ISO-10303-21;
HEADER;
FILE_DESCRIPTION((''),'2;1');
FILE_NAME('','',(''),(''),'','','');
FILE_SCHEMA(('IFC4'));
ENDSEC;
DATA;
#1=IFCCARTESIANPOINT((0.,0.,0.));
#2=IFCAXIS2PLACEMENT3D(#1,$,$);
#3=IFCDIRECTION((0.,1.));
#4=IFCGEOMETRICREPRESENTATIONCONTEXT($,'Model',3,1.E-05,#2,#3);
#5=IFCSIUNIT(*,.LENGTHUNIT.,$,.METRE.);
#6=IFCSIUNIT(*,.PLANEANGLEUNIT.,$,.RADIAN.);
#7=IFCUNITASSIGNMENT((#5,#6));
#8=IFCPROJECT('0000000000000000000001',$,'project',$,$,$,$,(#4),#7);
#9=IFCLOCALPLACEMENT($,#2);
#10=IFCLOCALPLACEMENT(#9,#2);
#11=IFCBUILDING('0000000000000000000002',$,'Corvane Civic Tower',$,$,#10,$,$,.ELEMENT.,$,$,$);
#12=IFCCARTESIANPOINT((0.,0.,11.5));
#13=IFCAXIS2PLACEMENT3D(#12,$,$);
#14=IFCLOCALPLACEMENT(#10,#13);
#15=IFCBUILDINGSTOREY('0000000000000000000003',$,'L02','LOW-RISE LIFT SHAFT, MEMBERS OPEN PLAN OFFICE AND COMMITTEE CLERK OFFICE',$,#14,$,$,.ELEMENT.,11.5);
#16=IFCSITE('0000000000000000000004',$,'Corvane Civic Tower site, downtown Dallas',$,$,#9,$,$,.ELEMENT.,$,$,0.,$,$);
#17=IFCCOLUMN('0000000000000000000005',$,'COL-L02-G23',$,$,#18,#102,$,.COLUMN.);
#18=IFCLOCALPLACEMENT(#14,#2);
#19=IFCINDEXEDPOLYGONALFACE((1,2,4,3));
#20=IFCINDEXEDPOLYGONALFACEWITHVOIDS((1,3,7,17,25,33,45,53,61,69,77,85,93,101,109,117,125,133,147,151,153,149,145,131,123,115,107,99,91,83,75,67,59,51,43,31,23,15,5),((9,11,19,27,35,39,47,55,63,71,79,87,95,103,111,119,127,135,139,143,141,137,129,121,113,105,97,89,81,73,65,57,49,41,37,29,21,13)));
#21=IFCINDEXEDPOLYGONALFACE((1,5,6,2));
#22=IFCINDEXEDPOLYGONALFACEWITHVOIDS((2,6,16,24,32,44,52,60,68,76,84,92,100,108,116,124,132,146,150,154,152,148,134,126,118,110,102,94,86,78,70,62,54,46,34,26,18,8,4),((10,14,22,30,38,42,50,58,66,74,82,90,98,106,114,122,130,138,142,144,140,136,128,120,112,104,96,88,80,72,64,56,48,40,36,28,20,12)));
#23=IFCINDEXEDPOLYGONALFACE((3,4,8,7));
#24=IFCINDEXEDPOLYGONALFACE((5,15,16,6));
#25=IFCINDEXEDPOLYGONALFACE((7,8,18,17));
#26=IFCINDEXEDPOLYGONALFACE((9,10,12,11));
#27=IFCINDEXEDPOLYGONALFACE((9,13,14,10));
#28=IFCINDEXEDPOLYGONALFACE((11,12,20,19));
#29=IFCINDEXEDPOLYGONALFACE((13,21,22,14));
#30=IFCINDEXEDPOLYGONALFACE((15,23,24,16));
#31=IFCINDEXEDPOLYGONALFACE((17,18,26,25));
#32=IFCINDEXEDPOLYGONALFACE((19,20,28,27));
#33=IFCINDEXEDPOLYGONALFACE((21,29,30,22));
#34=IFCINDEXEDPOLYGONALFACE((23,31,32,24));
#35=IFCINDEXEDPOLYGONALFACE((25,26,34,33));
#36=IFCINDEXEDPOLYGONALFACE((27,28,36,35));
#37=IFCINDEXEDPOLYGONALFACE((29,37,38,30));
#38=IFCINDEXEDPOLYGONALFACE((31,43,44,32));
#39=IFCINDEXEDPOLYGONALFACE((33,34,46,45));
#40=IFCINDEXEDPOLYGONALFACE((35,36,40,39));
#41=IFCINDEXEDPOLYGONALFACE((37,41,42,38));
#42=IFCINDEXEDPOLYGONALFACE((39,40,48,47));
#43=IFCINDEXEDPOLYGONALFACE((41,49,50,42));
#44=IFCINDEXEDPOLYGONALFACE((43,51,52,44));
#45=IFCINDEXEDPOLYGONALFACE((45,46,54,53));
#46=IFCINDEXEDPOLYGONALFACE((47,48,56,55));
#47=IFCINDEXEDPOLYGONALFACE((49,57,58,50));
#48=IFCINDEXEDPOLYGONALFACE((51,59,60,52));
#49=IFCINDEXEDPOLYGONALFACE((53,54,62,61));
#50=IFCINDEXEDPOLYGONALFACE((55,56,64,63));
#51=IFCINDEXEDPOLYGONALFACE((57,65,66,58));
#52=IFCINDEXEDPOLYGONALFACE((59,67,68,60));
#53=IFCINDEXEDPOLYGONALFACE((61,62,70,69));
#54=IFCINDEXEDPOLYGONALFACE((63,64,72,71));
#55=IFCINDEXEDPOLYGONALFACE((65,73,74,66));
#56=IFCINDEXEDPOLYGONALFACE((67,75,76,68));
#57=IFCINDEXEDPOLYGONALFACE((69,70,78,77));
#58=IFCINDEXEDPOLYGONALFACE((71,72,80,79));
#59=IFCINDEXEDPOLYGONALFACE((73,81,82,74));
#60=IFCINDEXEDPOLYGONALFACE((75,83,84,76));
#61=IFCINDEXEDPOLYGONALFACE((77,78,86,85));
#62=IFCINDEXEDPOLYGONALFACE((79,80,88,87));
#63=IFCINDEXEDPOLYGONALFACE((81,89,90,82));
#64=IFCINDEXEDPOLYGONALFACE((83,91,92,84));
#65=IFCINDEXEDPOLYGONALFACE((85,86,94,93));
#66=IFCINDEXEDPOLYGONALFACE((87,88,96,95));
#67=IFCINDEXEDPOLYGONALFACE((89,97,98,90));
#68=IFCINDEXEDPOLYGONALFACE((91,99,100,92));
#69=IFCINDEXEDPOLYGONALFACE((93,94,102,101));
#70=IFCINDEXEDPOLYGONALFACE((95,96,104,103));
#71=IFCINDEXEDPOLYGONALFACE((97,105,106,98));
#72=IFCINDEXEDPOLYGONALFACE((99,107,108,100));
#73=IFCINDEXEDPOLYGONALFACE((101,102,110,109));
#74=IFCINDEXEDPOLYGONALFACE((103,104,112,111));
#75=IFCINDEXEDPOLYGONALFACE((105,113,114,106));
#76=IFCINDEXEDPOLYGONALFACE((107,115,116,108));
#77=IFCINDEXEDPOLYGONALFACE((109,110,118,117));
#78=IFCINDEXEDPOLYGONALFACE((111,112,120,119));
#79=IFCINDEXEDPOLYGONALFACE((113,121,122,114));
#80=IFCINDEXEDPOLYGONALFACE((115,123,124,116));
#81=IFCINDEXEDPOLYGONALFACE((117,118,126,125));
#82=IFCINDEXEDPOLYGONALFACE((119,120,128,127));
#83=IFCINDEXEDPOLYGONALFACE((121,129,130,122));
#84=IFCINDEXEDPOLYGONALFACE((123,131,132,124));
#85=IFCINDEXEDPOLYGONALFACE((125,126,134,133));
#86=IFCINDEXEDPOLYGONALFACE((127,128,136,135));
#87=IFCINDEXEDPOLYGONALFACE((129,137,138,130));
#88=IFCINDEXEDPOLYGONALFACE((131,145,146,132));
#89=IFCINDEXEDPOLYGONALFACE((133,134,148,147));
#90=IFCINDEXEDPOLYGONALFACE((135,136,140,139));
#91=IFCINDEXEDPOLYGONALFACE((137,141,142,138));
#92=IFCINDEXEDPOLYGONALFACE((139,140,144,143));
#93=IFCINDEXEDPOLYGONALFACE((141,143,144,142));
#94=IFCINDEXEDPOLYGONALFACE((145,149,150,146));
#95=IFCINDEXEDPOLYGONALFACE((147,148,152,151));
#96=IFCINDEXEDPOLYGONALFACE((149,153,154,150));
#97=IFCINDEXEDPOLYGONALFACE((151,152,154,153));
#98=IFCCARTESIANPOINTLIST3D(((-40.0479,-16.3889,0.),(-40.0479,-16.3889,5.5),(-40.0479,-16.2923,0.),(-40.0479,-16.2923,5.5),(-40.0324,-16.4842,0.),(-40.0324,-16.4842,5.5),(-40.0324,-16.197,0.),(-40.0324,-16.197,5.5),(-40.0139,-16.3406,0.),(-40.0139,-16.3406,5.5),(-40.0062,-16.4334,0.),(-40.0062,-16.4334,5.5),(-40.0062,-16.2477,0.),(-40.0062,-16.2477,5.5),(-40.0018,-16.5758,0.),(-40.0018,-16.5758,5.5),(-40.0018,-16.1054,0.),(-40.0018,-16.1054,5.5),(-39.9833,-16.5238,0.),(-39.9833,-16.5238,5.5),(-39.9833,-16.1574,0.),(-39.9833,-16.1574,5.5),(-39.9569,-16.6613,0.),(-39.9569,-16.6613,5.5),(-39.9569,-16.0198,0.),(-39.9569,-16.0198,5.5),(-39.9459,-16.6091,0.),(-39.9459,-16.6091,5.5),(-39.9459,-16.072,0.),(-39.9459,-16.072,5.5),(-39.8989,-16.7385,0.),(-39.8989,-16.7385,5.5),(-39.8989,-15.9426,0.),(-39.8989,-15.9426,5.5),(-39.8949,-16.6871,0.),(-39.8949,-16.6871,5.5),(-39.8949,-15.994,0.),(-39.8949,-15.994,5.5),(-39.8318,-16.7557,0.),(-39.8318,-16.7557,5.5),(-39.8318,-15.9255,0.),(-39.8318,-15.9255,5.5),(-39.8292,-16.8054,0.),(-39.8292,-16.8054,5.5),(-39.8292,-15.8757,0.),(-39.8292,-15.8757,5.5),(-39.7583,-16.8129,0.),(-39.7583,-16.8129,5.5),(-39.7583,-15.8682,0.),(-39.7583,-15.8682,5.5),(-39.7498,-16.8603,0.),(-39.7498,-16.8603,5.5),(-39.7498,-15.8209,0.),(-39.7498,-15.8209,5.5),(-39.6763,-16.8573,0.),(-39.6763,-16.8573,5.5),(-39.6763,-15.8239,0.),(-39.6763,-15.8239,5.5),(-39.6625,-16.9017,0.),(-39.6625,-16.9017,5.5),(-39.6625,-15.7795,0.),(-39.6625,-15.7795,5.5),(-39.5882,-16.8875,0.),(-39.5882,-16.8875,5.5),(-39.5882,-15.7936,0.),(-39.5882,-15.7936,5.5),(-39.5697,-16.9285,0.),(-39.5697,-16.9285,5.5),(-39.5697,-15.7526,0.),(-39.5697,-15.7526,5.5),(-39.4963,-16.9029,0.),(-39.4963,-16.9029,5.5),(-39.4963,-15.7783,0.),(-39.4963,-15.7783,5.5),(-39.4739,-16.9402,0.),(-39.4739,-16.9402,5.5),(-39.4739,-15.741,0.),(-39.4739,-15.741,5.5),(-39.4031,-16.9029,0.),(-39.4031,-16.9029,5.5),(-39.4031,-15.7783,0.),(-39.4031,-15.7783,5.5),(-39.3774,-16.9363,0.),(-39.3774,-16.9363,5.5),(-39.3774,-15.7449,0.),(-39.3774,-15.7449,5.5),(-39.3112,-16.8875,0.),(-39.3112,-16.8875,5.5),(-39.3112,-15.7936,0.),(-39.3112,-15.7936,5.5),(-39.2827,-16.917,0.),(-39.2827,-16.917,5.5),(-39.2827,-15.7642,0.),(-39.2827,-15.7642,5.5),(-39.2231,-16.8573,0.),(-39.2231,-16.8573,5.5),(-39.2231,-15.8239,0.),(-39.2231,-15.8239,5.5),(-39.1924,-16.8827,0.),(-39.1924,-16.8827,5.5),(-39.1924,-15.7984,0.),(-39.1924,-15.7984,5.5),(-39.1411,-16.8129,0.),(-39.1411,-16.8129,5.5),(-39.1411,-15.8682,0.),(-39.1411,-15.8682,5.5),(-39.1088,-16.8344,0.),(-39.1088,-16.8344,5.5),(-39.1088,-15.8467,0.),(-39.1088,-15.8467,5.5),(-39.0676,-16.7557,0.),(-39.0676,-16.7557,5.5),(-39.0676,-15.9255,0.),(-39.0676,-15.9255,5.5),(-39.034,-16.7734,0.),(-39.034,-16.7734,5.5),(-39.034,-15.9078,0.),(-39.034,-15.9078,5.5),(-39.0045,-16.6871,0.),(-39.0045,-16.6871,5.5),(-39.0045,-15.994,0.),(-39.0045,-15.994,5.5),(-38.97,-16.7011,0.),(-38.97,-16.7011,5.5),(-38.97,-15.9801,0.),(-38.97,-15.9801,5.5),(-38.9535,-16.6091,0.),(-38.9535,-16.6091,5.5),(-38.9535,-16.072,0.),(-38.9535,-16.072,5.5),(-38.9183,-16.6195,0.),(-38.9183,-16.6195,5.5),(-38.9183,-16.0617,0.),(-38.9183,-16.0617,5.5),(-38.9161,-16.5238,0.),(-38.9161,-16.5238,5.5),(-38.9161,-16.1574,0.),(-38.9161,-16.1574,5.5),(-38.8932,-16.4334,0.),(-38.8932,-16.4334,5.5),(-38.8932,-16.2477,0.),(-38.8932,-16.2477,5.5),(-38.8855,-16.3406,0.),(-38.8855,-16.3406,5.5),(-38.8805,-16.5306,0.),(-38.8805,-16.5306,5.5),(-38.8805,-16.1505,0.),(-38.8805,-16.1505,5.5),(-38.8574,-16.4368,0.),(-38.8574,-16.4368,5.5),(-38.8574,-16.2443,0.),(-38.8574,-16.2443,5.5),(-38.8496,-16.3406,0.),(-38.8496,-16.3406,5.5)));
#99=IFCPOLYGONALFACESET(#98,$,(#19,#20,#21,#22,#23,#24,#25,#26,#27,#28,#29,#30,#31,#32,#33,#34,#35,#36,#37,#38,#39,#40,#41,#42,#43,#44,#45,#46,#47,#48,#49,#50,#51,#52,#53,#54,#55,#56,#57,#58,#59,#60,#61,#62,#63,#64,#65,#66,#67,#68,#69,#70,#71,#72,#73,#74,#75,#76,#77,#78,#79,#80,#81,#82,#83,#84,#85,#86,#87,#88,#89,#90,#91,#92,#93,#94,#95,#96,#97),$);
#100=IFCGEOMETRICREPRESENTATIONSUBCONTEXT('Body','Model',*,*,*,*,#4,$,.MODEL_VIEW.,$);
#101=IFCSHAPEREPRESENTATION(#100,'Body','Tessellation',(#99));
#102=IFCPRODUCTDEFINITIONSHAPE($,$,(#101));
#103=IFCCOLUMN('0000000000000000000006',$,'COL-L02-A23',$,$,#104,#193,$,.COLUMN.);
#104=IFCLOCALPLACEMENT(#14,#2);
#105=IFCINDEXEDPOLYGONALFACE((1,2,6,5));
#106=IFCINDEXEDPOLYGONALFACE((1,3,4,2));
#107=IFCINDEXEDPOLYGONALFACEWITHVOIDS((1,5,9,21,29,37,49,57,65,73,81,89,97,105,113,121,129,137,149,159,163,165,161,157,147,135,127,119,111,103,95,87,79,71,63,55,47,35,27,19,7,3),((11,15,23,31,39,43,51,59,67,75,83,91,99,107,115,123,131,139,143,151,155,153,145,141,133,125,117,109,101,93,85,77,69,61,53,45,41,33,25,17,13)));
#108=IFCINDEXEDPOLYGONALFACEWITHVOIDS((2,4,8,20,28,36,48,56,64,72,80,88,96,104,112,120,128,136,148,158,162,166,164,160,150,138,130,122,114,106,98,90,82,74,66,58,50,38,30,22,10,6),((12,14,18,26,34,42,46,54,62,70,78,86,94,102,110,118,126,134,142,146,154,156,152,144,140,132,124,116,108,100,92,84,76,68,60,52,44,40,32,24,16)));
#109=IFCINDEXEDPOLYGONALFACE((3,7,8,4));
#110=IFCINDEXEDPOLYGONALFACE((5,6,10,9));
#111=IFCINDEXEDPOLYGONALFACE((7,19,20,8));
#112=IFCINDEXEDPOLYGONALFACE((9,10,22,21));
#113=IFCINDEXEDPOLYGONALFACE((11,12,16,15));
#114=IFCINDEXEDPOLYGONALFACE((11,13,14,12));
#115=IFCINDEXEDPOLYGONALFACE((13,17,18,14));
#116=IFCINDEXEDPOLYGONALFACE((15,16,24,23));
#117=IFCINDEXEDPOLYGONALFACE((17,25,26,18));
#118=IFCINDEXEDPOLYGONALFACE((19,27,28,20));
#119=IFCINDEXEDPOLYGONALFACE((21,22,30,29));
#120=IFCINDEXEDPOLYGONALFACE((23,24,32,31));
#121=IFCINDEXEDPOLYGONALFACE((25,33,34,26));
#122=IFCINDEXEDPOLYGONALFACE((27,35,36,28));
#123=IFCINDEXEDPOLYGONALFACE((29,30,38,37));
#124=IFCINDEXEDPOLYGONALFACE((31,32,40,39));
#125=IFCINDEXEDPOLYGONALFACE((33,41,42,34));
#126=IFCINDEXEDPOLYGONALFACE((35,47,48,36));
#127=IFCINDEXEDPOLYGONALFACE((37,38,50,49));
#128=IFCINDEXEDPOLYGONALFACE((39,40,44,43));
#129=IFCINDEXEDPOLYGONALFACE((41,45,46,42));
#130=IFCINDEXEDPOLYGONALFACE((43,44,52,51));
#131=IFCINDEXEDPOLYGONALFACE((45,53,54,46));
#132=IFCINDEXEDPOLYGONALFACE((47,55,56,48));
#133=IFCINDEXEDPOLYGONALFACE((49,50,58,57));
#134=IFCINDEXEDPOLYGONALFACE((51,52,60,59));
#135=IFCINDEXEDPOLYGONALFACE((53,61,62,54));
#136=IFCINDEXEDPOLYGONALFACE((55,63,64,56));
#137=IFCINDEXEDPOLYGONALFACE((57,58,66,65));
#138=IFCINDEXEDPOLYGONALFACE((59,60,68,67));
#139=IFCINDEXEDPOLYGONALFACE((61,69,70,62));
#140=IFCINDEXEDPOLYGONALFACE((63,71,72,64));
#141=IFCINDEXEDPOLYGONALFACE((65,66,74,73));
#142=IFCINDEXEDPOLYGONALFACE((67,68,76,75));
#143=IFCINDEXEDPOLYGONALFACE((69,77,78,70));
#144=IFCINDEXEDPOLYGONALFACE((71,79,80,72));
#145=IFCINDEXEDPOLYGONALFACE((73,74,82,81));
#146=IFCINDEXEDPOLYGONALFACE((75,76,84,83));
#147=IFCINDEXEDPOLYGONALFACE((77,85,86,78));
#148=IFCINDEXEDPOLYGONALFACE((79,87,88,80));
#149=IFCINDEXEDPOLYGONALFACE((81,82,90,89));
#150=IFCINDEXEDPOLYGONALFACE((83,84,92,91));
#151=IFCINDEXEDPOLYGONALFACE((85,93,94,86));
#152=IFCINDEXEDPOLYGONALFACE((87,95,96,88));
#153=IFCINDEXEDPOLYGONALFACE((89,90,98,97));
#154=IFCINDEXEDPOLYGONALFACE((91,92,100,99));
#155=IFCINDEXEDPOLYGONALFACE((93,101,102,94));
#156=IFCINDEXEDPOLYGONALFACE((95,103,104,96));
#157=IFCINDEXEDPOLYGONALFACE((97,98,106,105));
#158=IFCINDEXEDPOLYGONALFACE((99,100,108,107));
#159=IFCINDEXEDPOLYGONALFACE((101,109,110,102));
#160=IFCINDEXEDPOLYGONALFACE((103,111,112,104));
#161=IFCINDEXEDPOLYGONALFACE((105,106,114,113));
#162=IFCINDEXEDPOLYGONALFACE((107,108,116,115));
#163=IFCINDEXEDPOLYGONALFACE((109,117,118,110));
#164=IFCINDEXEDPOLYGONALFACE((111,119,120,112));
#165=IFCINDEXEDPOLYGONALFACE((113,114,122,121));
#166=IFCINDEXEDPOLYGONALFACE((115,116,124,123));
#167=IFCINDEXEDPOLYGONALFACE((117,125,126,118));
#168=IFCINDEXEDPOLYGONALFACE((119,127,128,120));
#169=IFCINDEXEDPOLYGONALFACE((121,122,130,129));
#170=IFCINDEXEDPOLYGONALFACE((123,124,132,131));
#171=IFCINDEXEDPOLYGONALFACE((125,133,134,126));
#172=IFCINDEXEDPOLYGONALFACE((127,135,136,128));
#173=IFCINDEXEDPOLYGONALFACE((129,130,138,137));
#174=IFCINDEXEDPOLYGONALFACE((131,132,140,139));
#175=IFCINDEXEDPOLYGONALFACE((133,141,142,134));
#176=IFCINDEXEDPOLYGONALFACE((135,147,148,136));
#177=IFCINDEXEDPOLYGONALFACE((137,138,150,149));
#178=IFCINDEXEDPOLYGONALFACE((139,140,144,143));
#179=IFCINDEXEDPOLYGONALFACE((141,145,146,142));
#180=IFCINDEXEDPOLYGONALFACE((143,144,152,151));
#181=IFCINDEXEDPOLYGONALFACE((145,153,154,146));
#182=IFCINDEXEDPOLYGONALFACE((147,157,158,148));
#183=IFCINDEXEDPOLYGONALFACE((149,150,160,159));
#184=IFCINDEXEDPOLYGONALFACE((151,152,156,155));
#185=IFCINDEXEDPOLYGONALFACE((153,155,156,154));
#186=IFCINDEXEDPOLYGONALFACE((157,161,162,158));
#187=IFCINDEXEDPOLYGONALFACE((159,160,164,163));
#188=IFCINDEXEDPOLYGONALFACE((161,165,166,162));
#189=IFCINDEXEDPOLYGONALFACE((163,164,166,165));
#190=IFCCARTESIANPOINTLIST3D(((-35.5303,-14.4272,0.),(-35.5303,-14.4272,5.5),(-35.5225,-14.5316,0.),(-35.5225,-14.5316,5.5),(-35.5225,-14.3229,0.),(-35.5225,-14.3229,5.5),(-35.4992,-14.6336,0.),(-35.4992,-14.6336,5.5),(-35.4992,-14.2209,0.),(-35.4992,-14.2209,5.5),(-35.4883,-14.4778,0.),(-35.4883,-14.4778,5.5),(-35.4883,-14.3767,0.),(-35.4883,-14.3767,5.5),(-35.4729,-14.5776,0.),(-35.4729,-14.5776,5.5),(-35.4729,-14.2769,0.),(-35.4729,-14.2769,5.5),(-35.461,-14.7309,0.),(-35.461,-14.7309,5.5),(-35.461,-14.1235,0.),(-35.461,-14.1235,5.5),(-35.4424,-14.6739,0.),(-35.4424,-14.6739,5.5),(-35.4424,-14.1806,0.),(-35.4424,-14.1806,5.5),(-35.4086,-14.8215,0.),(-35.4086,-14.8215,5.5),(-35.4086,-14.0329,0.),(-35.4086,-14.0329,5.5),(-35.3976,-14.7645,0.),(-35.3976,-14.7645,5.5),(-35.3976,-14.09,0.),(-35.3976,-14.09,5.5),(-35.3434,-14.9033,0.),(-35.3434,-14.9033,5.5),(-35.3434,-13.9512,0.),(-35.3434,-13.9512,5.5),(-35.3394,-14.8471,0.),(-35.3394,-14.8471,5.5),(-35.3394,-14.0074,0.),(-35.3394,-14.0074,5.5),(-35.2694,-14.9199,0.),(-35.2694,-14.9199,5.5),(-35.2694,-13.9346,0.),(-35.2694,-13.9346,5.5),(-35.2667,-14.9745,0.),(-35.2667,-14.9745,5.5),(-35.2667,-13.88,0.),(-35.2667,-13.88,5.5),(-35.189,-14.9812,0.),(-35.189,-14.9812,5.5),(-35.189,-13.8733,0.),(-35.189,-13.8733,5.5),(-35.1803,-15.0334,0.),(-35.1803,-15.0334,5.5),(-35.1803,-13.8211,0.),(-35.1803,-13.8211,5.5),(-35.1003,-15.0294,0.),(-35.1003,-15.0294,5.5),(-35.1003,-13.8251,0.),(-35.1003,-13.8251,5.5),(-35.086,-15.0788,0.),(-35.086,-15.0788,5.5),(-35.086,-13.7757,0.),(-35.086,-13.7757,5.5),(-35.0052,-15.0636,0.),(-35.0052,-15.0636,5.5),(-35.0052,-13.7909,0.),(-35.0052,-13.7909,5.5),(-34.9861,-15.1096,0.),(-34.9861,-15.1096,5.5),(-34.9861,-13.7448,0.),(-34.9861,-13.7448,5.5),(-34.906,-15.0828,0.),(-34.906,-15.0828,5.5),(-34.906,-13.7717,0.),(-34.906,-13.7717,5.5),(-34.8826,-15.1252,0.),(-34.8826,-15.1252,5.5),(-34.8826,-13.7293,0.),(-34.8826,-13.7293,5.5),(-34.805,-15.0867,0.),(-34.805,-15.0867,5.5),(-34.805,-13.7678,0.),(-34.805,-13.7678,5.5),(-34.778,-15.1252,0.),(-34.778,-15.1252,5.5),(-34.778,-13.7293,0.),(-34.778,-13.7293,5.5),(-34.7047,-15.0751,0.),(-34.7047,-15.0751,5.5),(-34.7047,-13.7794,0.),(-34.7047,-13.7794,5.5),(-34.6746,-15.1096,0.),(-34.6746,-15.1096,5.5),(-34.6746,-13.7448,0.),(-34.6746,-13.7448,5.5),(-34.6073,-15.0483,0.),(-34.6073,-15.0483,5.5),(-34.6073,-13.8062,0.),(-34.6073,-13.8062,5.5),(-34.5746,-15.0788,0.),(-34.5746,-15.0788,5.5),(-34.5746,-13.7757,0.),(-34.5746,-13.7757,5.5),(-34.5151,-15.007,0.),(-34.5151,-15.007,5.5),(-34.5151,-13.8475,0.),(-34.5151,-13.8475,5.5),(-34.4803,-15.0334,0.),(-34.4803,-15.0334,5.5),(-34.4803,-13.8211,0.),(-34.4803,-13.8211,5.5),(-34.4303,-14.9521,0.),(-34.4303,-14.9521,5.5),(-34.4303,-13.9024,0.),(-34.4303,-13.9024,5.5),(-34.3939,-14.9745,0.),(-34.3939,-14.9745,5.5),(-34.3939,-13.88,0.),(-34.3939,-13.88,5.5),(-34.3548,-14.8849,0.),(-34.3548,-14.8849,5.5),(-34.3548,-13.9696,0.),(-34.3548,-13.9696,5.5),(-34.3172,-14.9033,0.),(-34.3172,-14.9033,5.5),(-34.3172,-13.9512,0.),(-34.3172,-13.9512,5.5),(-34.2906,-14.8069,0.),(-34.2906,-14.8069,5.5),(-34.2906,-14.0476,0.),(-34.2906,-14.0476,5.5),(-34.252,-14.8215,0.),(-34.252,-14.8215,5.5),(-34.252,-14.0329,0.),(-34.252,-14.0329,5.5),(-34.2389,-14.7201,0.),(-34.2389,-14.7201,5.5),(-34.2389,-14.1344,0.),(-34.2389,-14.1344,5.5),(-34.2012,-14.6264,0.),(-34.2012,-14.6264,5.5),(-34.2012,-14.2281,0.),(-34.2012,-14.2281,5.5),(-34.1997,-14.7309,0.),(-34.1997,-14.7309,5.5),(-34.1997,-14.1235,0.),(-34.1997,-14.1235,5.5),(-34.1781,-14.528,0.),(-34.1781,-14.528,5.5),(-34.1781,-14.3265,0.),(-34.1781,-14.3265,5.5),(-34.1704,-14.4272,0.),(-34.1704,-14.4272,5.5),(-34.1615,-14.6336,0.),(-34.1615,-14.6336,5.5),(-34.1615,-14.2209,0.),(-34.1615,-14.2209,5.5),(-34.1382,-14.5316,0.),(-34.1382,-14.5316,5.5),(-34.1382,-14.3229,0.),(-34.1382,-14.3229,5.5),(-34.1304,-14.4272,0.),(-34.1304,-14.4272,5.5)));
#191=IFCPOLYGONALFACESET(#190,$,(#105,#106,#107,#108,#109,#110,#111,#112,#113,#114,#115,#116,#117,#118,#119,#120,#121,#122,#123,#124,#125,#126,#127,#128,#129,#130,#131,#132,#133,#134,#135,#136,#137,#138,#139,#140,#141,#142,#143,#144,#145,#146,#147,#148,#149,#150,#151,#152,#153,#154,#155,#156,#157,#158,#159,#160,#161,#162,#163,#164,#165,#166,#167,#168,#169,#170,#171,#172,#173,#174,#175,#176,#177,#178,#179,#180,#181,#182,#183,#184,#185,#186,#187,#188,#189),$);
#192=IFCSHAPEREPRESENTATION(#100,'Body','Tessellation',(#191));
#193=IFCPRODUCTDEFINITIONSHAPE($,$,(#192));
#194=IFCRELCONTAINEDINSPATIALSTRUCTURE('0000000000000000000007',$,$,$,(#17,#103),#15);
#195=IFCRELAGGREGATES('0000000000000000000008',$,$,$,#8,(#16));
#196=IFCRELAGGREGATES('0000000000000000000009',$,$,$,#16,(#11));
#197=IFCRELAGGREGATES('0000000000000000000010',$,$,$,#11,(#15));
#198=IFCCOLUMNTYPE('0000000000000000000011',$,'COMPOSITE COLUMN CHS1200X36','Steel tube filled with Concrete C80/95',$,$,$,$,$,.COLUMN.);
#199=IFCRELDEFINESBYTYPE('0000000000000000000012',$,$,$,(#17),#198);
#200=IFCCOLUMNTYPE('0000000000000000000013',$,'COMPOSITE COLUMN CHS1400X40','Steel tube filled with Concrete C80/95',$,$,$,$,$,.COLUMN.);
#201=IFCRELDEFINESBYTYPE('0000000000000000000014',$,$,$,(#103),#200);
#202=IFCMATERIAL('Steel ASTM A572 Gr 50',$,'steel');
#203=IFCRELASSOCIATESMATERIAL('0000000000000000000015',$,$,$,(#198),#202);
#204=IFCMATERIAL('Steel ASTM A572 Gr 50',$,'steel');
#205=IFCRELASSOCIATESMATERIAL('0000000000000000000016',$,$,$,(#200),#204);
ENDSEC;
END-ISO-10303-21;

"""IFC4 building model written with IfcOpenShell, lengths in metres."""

from ifc_helpers import new_model, si_unit, direction, frame, origin, origin_2d, place, context, subcontext, project, spatial, hollow_circle, extrude, material, material_profile, profile_set, type_object, element, save


model = new_model("IFC4")

# Units and contexts
model_context = context("Model", 3, precision=1e-05, world=origin(), true_north=direction((0.0, 1.0)))
body_context = subcontext(model_context, "Body", "Model", "MODEL_VIEW")
ifc_project = project(units=[si_unit("LENGTHUNIT", "METRE"), si_unit("PLANEANGLEUNIT", "RADIAN")], contexts=[model_context])

# Site, building, storey
site_placement = place(None, origin())
site = spatial("IfcSite", under=ifc_project, at=site_placement, Name="Corvane Civic Tower site, downtown Dallas", CompositionType="ELEMENT", RefElevation=0.0)
building_placement = place(site_placement, origin())
building = spatial("IfcBuilding", under=site, at=building_placement, Name="Corvane Civic Tower", CompositionType="ELEMENT")
storey_placement = place(building_placement, frame((0.0, 0.0, 11.5)))
storey = spatial("IfcBuildingStorey", under=building, at=storey_placement, Name="L02", Description="LOW-RISE LIFT SHAFT, MEMBERS OPEN PLAN OFFICE AND COMMITTEE CLERK OFFICE", CompositionType="ELEMENT", Elevation=11.5)

# Columns
ifc_material_1 = material(Name="Steel ASTM A572 Gr 50", Category="steel")
ifc_material_profile_1 = material_profile(ifc_material_1, hollow_circle(Radius=0.6001, WallThickness=0.0359, at=origin_2d()), Name="CHS1200X36")
ifc_profile_set_1 = profile_set([ifc_material_profile_1], Name="Steel ASTM A572 Gr 50")
column_type_1 = type_object("IfcColumnType", Name="COMPOSITE COLUMN CHS1200X36", Description="Steel tube filled with Concrete C80/95", PredefinedType="COLUMN", material=ifc_profile_set_1)
column_placement = place(storey_placement, frame((-39.4497, -16.3406, 0.0), z_axis=(0.0, 0.0, 1.0), x_axis=(1.0, 0.0, 0.0)))
element("IfcColumn", 1, at=column_placement, inside=storey, type_object=column_type_1, Name="COL-L02-G23", PredefinedType="COLUMN", context=body_context, shape_type="SweptSolid", body=[
    extrude(hollow_circle(Radius=0.6001, WallThickness=0.0359, at=origin_2d()), origin(), (0.0, 0.0, 1.0), 5.5),
])
ifc_material_2 = material(Name="Steel ASTM A572 Gr 50", Category="steel")
ifc_material_profile_2 = material_profile(ifc_material_2, hollow_circle(Radius=0.7, WallThickness=0.04, at=origin_2d()), Name="CHS1400X40")
ifc_profile_set_2 = profile_set([ifc_material_profile_2], Name="Steel ASTM A572 Gr 50")
column_type_2 = type_object("IfcColumnType", Name="COMPOSITE COLUMN CHS1400X40", Description="Steel tube filled with Concrete C80/95", PredefinedType="COLUMN", material=ifc_profile_set_2)
for number, where, z_axis, x_axis, name in (
    (2, (-34.8303, -14.4272, 0.0), (0.0, 0.0, 1.0), (1.0, 0.0, 0.0), "COL-L02-A23"),
):
    element("IfcColumn", number, at=place(storey_placement, frame(where, z_axis=z_axis, x_axis=x_axis)), inside=storey, type_object=column_type_2, Name=name, PredefinedType="COLUMN", context=body_context, shape_type="SweptSolid", body=[
        extrude(hollow_circle(Radius=0.7, WallThickness=0.04, at=origin_2d()), origin(), (0.0, 0.0, 1.0), 5.5),
    ])

save(model, "model.ifc")
